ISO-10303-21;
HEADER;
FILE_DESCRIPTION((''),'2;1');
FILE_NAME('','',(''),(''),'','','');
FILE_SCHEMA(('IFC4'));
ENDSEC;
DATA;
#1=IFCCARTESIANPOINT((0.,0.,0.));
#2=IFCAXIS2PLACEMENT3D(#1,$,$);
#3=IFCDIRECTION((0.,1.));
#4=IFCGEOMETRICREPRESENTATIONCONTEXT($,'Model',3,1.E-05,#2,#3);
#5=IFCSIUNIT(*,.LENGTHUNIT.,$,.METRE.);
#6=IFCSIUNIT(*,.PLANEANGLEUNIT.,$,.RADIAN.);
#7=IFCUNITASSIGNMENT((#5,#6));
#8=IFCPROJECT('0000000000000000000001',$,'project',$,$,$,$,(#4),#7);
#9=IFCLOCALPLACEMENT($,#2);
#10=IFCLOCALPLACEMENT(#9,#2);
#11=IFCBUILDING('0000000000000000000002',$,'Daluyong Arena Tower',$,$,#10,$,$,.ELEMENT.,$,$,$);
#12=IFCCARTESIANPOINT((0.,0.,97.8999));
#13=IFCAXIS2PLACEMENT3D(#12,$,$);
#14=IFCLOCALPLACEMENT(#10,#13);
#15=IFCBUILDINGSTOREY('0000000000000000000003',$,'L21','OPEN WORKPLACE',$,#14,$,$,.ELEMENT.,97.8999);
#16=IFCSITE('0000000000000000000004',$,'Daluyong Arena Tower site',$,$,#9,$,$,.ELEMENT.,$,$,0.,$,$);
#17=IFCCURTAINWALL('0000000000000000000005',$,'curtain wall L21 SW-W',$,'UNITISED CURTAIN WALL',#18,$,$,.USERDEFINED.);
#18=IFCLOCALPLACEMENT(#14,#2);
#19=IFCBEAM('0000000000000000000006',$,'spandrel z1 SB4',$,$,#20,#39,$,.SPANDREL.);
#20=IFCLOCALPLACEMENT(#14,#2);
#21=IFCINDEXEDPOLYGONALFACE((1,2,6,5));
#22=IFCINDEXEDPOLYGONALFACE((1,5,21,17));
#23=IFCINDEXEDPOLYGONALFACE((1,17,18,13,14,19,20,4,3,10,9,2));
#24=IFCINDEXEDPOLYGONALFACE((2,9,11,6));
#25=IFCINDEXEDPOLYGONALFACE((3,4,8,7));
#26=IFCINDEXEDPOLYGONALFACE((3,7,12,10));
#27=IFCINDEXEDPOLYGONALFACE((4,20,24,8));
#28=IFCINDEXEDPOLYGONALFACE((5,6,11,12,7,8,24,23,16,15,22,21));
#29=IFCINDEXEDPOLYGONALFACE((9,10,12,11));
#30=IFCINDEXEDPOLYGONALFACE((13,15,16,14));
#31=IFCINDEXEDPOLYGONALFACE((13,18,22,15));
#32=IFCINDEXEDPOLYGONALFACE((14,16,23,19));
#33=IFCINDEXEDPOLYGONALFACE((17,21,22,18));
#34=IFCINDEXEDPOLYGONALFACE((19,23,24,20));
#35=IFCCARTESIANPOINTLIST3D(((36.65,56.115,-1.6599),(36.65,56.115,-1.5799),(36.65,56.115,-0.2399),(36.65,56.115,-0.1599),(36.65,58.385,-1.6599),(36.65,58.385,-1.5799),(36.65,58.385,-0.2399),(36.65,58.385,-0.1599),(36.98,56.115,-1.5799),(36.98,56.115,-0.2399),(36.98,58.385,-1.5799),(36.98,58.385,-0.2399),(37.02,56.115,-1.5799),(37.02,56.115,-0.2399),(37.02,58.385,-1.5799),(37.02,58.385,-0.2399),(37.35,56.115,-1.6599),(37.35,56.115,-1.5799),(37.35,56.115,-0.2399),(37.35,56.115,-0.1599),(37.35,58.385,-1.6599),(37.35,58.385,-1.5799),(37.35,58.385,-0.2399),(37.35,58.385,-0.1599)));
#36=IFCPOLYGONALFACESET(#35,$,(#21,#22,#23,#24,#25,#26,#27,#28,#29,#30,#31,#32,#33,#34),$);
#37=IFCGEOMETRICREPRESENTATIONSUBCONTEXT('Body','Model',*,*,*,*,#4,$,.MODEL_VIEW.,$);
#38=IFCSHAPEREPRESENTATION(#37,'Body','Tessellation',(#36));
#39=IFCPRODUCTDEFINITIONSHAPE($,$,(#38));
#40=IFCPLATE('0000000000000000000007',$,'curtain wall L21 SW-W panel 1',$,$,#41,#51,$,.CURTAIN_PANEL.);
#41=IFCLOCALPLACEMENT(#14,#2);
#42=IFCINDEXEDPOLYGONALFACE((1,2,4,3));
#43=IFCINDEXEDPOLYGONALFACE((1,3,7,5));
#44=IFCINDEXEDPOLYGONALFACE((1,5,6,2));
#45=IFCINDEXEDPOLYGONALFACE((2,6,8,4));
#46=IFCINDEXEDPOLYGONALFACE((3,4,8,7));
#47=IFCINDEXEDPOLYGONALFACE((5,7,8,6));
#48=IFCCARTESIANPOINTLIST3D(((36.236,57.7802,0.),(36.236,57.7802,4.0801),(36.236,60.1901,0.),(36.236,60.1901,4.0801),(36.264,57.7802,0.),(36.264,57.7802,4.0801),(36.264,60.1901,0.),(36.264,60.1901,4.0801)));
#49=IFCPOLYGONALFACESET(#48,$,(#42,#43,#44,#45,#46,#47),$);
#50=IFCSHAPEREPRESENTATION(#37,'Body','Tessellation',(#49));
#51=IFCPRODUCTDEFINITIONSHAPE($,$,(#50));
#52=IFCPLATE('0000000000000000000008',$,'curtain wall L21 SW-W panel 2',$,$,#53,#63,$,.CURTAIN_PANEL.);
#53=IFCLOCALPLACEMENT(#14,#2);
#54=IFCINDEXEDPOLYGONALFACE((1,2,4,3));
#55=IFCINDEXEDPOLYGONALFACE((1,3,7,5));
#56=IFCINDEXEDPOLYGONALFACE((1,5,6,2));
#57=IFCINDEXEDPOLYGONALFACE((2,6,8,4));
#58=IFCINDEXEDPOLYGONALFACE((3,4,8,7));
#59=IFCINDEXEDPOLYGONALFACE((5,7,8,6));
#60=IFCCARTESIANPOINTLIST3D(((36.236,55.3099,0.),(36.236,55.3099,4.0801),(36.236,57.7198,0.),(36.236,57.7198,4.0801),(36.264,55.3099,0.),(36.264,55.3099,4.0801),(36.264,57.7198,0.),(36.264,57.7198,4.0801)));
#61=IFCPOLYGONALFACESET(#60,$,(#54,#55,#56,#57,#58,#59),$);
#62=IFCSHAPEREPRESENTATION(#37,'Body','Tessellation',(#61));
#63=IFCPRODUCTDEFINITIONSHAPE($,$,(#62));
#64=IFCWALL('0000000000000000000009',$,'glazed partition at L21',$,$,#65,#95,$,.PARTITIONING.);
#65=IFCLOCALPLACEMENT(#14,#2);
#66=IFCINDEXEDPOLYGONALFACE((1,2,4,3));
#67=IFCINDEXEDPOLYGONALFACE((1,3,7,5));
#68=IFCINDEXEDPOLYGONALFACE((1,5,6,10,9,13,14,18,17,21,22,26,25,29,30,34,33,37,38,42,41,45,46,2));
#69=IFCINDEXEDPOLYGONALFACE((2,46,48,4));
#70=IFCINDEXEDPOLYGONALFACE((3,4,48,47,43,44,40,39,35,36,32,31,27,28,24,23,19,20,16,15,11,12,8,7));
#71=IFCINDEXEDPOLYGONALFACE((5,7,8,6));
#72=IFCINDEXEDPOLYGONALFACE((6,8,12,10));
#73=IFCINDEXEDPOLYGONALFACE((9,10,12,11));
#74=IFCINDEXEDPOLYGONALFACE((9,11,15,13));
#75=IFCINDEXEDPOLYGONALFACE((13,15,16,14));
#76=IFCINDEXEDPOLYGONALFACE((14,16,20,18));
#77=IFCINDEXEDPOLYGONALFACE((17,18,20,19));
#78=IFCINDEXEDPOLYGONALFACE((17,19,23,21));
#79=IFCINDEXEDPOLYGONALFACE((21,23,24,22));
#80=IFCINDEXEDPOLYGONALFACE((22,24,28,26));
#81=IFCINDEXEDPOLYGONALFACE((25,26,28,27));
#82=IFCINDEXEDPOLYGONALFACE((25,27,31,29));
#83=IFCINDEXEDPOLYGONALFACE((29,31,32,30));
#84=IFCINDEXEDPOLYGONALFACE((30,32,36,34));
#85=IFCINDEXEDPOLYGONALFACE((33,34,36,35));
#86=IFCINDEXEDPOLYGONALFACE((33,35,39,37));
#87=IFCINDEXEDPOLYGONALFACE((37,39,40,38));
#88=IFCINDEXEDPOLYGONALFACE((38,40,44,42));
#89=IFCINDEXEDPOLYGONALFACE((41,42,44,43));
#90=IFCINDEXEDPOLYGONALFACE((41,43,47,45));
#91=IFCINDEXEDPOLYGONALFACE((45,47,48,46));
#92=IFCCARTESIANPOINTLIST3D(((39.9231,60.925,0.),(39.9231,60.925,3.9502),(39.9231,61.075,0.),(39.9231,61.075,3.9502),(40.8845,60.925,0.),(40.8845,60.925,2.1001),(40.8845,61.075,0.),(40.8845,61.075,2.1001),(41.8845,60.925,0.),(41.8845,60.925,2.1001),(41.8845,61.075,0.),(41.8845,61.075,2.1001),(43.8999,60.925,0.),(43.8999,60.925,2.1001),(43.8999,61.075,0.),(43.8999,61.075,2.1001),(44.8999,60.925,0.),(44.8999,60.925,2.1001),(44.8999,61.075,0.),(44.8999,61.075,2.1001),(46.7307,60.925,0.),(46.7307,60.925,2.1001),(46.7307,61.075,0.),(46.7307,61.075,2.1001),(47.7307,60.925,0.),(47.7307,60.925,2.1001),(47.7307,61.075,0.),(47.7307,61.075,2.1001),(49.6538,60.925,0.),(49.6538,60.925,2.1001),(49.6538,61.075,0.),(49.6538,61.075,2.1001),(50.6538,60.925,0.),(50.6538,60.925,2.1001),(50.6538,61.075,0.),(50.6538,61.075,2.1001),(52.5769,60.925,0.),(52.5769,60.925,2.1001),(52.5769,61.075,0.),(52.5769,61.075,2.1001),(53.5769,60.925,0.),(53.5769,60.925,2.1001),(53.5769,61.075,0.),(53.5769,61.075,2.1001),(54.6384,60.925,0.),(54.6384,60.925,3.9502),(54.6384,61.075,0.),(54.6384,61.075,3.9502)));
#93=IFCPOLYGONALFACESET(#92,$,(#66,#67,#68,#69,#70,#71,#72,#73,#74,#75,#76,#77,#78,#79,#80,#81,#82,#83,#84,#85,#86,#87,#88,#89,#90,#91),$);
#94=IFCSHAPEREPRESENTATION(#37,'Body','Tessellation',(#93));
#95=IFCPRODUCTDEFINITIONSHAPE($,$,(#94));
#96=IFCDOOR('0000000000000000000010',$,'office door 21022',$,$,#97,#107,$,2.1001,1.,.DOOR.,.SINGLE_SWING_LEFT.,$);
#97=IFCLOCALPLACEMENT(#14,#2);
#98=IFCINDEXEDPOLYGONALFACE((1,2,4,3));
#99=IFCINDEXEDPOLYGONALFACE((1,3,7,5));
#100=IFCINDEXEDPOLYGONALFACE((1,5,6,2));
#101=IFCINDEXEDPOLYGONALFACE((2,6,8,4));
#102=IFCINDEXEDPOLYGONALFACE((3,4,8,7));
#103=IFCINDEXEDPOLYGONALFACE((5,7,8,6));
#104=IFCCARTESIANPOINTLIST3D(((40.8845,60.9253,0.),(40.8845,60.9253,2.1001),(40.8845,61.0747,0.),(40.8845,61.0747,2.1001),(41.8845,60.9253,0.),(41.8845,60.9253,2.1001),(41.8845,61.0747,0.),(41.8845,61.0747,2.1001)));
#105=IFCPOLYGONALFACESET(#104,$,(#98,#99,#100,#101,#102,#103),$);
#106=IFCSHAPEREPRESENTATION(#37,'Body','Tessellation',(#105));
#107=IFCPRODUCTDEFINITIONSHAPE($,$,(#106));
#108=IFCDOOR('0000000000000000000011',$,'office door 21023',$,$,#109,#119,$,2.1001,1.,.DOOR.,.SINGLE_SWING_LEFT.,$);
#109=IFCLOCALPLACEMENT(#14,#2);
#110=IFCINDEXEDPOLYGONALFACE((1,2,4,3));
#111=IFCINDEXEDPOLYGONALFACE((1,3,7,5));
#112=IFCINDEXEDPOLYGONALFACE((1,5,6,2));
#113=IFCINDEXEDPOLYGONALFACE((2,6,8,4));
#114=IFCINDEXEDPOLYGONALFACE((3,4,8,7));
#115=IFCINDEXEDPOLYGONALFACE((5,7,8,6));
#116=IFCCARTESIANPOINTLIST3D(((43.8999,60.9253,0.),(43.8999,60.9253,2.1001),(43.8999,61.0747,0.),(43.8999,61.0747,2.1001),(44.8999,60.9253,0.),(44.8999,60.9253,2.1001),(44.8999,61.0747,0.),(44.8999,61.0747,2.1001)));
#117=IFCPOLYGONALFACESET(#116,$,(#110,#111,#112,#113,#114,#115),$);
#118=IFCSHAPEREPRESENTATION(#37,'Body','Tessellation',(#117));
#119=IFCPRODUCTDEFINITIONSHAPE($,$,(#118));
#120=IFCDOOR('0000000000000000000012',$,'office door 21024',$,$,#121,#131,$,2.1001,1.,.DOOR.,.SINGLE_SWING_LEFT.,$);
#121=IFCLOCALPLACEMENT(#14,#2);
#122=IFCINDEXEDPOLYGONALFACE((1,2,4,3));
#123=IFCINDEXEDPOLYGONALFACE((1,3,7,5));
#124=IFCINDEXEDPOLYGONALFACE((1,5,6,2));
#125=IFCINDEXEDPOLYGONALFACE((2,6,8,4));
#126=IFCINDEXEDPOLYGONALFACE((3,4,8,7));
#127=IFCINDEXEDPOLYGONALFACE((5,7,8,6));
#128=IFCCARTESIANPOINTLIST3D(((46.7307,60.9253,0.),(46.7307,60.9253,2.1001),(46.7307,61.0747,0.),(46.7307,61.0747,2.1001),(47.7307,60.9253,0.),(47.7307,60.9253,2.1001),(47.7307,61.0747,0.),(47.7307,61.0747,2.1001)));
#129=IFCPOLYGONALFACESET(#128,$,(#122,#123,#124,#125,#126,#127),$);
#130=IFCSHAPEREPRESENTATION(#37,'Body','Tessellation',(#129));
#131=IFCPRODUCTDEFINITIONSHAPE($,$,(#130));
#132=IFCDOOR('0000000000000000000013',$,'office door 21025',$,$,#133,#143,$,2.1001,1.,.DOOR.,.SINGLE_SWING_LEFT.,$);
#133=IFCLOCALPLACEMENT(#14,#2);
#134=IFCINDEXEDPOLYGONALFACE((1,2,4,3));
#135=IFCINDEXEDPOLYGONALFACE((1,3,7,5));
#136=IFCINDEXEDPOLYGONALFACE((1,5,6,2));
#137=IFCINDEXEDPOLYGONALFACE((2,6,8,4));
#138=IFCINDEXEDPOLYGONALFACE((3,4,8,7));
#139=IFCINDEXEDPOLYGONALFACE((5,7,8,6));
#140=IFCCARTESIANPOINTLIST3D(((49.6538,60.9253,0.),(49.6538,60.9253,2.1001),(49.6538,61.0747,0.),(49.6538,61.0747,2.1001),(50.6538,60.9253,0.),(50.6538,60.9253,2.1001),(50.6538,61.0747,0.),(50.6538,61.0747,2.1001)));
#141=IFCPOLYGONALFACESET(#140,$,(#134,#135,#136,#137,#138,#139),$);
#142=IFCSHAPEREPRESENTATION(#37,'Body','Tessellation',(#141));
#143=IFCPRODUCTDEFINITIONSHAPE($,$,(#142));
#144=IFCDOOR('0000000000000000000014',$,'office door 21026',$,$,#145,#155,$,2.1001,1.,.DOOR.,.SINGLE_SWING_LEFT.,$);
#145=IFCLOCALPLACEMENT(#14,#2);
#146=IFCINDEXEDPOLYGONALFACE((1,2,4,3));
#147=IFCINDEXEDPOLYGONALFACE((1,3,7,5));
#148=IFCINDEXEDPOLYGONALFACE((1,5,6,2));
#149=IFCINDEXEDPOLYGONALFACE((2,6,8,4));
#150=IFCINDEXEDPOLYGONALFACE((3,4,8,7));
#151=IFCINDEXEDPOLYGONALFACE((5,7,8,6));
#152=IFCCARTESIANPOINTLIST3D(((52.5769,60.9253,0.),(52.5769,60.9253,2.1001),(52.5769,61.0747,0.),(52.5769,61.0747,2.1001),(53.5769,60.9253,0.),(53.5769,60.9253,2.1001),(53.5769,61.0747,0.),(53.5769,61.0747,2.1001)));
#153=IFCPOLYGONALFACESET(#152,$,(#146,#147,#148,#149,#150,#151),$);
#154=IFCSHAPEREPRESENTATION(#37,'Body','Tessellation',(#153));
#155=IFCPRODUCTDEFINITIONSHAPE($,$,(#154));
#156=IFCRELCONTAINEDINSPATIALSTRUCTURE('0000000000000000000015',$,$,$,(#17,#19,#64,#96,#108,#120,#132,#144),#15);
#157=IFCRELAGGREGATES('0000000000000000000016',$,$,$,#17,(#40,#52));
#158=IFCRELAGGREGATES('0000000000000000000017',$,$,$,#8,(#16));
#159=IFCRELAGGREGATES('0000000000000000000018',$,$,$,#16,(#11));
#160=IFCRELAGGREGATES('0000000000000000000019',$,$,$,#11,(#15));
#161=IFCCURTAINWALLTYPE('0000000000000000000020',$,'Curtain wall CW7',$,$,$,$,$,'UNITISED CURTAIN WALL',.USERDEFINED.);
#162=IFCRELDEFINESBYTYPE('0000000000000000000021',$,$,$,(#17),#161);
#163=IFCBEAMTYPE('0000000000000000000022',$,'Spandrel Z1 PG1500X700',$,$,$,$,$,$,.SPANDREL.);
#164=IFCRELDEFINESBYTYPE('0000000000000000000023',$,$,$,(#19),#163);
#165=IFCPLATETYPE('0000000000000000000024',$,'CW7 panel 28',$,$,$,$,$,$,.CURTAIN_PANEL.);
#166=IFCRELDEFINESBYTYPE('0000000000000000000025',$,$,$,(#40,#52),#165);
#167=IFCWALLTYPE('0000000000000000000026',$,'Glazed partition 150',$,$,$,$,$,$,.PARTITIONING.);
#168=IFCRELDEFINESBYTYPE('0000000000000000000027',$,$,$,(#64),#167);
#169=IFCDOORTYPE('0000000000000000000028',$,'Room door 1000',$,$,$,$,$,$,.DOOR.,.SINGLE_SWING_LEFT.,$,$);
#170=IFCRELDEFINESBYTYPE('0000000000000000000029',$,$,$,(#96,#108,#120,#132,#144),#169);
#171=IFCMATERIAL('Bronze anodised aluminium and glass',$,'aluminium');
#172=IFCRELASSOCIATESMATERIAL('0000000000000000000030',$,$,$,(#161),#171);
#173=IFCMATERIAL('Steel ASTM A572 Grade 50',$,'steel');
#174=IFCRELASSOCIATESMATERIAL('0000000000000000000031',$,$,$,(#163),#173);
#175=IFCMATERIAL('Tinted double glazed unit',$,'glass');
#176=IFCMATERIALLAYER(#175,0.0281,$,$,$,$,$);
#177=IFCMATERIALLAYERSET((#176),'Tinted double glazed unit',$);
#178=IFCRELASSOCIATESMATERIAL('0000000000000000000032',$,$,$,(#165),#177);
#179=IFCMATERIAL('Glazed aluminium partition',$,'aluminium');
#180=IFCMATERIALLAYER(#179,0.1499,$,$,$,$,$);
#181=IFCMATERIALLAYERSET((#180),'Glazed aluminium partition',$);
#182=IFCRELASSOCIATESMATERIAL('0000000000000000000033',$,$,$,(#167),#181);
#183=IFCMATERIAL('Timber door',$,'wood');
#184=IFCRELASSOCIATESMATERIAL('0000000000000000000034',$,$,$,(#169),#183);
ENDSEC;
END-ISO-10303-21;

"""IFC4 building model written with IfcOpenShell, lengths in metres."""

from ifc_helpers import new_model, si_unit, direction, frame, frame_2d, origin, origin_2d, place, context, subcontext, project, spatial, rectangle, i_section, extrude, material, layer, layer_set, material_profile, profile_set, type_object, element, fill, aggregate, save


model = new_model("IFC4")

# Units and contexts
model_context = context("Model", 3, precision=1e-05, world=origin(), true_north=direction((0.0, 1.0)))
body_context = subcontext(model_context, "Body", "Model", "MODEL_VIEW")
ifc_project = project(units=[si_unit("LENGTHUNIT", "METRE"), si_unit("PLANEANGLEUNIT", "RADIAN")], contexts=[model_context])

# Site, building, storey
site_placement = place(None, origin())
site = spatial("IfcSite", under=ifc_project, at=site_placement, Name="Daluyong Arena Tower site", CompositionType="ELEMENT", RefElevation=0.0)
building_placement = place(site_placement, origin())
building = spatial("IfcBuilding", under=site, at=building_placement, Name="Daluyong Arena Tower", CompositionType="ELEMENT")
storey_placement = place(building_placement, frame((0.0, 0.0, 97.8999)))
storey = spatial("IfcBuildingStorey", under=building, at=storey_placement, Name="L21", Description="OPEN WORKPLACE", CompositionType="ELEMENT", Elevation=97.8999)

# Shared definitions
ifc_material_1 = material(Name="Bronze anodised aluminium and glass", Category="aluminium")
curtain_wall_type = type_object("IfcCurtainWallType", Name="Curtain wall CW7", ElementType="UNITISED CURTAIN WALL", PredefinedType="USERDEFINED", material=ifc_material_1)

# Curtain wall
curtain_wall_1_placement = place(storey_placement, origin())
curtain_wall_1 = element("IfcCurtainWall", 1, at=curtain_wall_1_placement, inside=storey, type_object=curtain_wall_type, Name="curtain wall L21 SW-W", ObjectType="UNITISED CURTAIN WALL", PredefinedType="USERDEFINED")

# Beam
ifc_material_2 = material(Name="Steel ASTM A572 Grade 50", Category="steel")
ifc_material_profile_1 = material_profile(ifc_material_2, i_section(OverallWidth=0.7, OverallDepth=1.5, WebThickness=0.04, FlangeThickness=0.08, at=origin_2d()))
ifc_profile_set_1 = profile_set([ifc_material_profile_1], Name="Steel ASTM A572 Grade 50")
beam_type_1 = type_object("IfcBeamType", Name="Spandrel Z1 PG1500X700", PredefinedType="SPANDREL", material=ifc_profile_set_1)
for number, where, z_axis, x_axis, name in (
    (2, (37.0, 58.385, -0.9099), (0.0, -1.0, 0.0), (1.0, 0.0, 0.0), "spandrel z1 SB4"),
):
    element("IfcBeam", number, at=place(storey_placement, frame(where, z_axis=z_axis, x_axis=x_axis)), inside=storey, type_object=beam_type_1, Name=name, PredefinedType="SPANDREL", context=body_context, shape_type="SweptSolid", body=[
        extrude(i_section(OverallWidth=0.7, OverallDepth=1.5, WebThickness=0.04, FlangeThickness=0.08, at=origin_2d()), origin(), (0.0, 0.0, 1.0), 2.27),
    ])

# Plates
ifc_material_3 = material(Name="Tinted double glazed unit", Category="glass")
ifc_layer_1 = layer(ifc_material_3, 0.0281)
ifc_layer_set_1 = layer_set([ifc_layer_1], Name="Tinted double glazed unit")
plate_type = type_object("IfcPlateType", Name="CW7 panel 28", PredefinedType="CURTAIN_PANEL", material=ifc_layer_set_1)
plate_1_placement = place(storey_placement, frame((36.25, 58.9851, 0.0), z_axis=(0.0, 0.0, 1.0), x_axis=(0.0, -1.0, 0.0)))
plate_1 = element("IfcPlate", 3, at=plate_1_placement, type_object=plate_type, Name="curtain wall L21 SW-W panel 1", PredefinedType="CURTAIN_PANEL", context=body_context, shape_type="SweptSolid", body=[
    extrude(rectangle(XDim=2.4099, YDim=0.0281, at=origin_2d()), origin(), (0.0, 0.0, 1.0), 4.0801),
])
plate_2_placement = place(storey_placement, frame((36.25, 56.5149, 0.0), z_axis=(0.0, 0.0, 1.0), x_axis=(0.0, -1.0, 0.0)))
plate_2 = element("IfcPlate", 4, at=plate_2_placement, type_object=plate_type, Name="curtain wall L21 SW-W panel 2", PredefinedType="CURTAIN_PANEL", context=body_context, shape_type="SweptSolid", body=[
    extrude(rectangle(XDim=2.4099, YDim=0.0281, at=origin_2d()), origin(), (0.0, 0.0, 1.0), 4.0801),
])
aggregate(curtain_wall_1, [plate_1, plate_2])

# Wall, openings, doors
ifc_material_4 = material(Name="Glazed aluminium partition", Category="aluminium")
ifc_layer_2 = layer(ifc_material_4, 0.1499)
ifc_layer_set_2 = layer_set([ifc_layer_2], Name="Glazed aluminium partition")
wall_type_1 = type_object("IfcWallType", Name="Glazed partition 150", PredefinedType="PARTITIONING", material=ifc_layer_set_2)
wall_1_placement = place(storey_placement, frame((39.9231, 61.0, 0.0), z_axis=(0.0, 0.0, 1.0), x_axis=(1.0, 0.0, 0.0)))
wall_1 = element("IfcWall", 5, at=wall_1_placement, inside=storey, type_object=wall_type_1, Name="glazed partition at L21", PredefinedType="PARTITIONING", context=body_context, shape_type="SweptSolid", body=[
    extrude(rectangle(XDim=14.7153, YDim=0.1499, at=frame_2d((7.3577, 0.0))), origin(), (0.0, 0.0, 1.0), 3.9502),
])
opening_1_placement = place(wall_1_placement, frame((0.9614, 0.0, 0.0)))
opening_1 = element("IfcOpeningElement", 6, at=opening_1_placement, cuts=wall_1, PredefinedType="OPENING", context=body_context, shape_type="SweptSolid", body=[
    extrude(rectangle(XDim=1.0, YDim=2.1001, at=frame_2d((0.5, 1.05))), frame((0.0, 0.085, 0.0), z_axis=(0.0, -1.0, 0.0), x_axis=(1.0, 0.0, 0.0)), (0.0, 0.0, 1.0), 0.1699),
])
opening_2_placement = place(wall_1_placement, frame((3.9768, 0.0, 0.0)))
opening_2 = element("IfcOpeningElement", 7, at=opening_2_placement, cuts=wall_1, PredefinedType="OPENING", context=body_context, shape_type="SweptSolid", body=[
    extrude(rectangle(XDim=1.0, YDim=2.1001, at=frame_2d((0.5, 1.05))), frame((0.0, 0.085, 0.0), z_axis=(0.0, -1.0, 0.0), x_axis=(1.0, 0.0, 0.0)), (0.0, 0.0, 1.0), 0.1699),
])
opening_3_placement = place(wall_1_placement, frame((6.8076, 0.0, 0.0)))
opening_3 = element("IfcOpeningElement", 8, at=opening_3_placement, cuts=wall_1, PredefinedType="OPENING", context=body_context, shape_type="SweptSolid", body=[
    extrude(rectangle(XDim=1.0, YDim=2.1001, at=frame_2d((0.5, 1.05))), frame((0.0, 0.085, 0.0), z_axis=(0.0, -1.0, 0.0), x_axis=(1.0, 0.0, 0.0)), (0.0, 0.0, 1.0), 0.1699),
])
opening_4_placement = place(wall_1_placement, frame((9.7307, 0.0, 0.0)))
opening_4 = element("IfcOpeningElement", 9, at=opening_4_placement, cuts=wall_1, PredefinedType="OPENING", context=body_context, shape_type="SweptSolid", body=[
    extrude(rectangle(XDim=1.0, YDim=2.1001, at=frame_2d((0.5, 1.05))), frame((0.0, 0.085, 0.0), z_axis=(0.0, -1.0, 0.0), x_axis=(1.0, 0.0, 0.0)), (0.0, 0.0, 1.0), 0.1699),
])
opening_5_placement = place(wall_1_placement, frame((12.6538, 0.0, 0.0)))
opening_5 = element("IfcOpeningElement", 10, at=opening_5_placement, cuts=wall_1, PredefinedType="OPENING", context=body_context, shape_type="SweptSolid", body=[
    extrude(rectangle(XDim=1.0, YDim=2.1001, at=frame_2d((0.5, 1.05))), frame((0.0, 0.085, 0.0), z_axis=(0.0, -1.0, 0.0), x_axis=(1.0, 0.0, 0.0)), (0.0, 0.0, 1.0), 0.1699),
])
ifc_material_5 = material(Name="Timber door", Category="wood")
door_type_1 = type_object("IfcDoorType", Name="Room door 1000", OperationType="SINGLE_SWING_LEFT", PredefinedType="DOOR", material=ifc_material_5)
door_1_placement = place(opening_1_placement, origin())
door_1 = element("IfcDoor", 11, at=door_1_placement, inside=storey, type_object=door_type_1, Name="office door 21022", OperationType="SINGLE_SWING_LEFT", OverallHeight=2.1001, OverallWidth=1.0, PredefinedType="DOOR", context=body_context, shape_type="SweptSolid", body=[
    extrude(rectangle(XDim=1.0, YDim=2.1001, at=frame_2d((0.5, 1.05))), frame((0.0, 0.0747, 0.0), z_axis=(0.0, -1.0, 0.0), x_axis=(1.0, 0.0, 0.0)), (0.0, 0.0, 1.0), 0.1494),
])
fill(opening_1, door_1)
door_2_placement = place(opening_2_placement, origin())
door_2 = element("IfcDoor", 12, at=door_2_placement, inside=storey, type_object=door_type_1, Name="office door 21023", OperationType="SINGLE_SWING_LEFT", OverallHeight=2.1001, OverallWidth=1.0, PredefinedType="DOOR", context=body_context, shape_type="SweptSolid", body=[
    extrude(rectangle(XDim=1.0, YDim=2.1001, at=frame_2d((0.5, 1.05))), frame((0.0, 0.0747, 0.0), z_axis=(0.0, -1.0, 0.0), x_axis=(1.0, 0.0, 0.0)), (0.0, 0.0, 1.0), 0.1494),
])
fill(opening_2, door_2)
door_3_placement = place(opening_3_placement, origin())
door_3 = element("IfcDoor", 13, at=door_3_placement, inside=storey, type_object=door_type_1, Name="office door 21024", OperationType="SINGLE_SWING_LEFT", OverallHeight=2.1001, OverallWidth=1.0, PredefinedType="DOOR", context=body_context, shape_type="SweptSolid", body=[
    extrude(rectangle(XDim=1.0, YDim=2.1001, at=frame_2d((0.5, 1.05))), frame((0.0, 0.0747, 0.0), z_axis=(0.0, -1.0, 0.0), x_axis=(1.0, 0.0, 0.0)), (0.0, 0.0, 1.0), 0.1494),
])
fill(opening_3, door_3)
door_4_placement = place(opening_4_placement, origin())
door_4 = element("IfcDoor", 14, at=door_4_placement, inside=storey, type_object=door_type_1, Name="office door 21025", OperationType="SINGLE_SWING_LEFT", OverallHeight=2.1001, OverallWidth=1.0, PredefinedType="DOOR", context=body_context, shape_type="SweptSolid", body=[
    extrude(rectangle(XDim=1.0, YDim=2.1001, at=frame_2d((0.5, 1.05))), frame((0.0, 0.0747, 0.0), z_axis=(0.0, -1.0, 0.0), x_axis=(1.0, 0.0, 0.0)), (0.0, 0.0, 1.0), 0.1494),
])
fill(opening_4, door_4)
door_5_placement = place(opening_5_placement, origin())
door_5 = element("IfcDoor", 15, at=door_5_placement, inside=storey, type_object=door_type_1, Name="office door 21026", OperationType="SINGLE_SWING_LEFT", OverallHeight=2.1001, OverallWidth=1.0, PredefinedType="DOOR", context=body_context, shape_type="SweptSolid", body=[
    extrude(rectangle(XDim=1.0, YDim=2.1001, at=frame_2d((0.5, 1.05))), frame((0.0, 0.0747, 0.0), z_axis=(0.0, -1.0, 0.0), x_axis=(1.0, 0.0, 0.0)), (0.0, 0.0, 1.0), 0.1494),
])
fill(opening_5, door_5)

save(model, "model.ifc")
